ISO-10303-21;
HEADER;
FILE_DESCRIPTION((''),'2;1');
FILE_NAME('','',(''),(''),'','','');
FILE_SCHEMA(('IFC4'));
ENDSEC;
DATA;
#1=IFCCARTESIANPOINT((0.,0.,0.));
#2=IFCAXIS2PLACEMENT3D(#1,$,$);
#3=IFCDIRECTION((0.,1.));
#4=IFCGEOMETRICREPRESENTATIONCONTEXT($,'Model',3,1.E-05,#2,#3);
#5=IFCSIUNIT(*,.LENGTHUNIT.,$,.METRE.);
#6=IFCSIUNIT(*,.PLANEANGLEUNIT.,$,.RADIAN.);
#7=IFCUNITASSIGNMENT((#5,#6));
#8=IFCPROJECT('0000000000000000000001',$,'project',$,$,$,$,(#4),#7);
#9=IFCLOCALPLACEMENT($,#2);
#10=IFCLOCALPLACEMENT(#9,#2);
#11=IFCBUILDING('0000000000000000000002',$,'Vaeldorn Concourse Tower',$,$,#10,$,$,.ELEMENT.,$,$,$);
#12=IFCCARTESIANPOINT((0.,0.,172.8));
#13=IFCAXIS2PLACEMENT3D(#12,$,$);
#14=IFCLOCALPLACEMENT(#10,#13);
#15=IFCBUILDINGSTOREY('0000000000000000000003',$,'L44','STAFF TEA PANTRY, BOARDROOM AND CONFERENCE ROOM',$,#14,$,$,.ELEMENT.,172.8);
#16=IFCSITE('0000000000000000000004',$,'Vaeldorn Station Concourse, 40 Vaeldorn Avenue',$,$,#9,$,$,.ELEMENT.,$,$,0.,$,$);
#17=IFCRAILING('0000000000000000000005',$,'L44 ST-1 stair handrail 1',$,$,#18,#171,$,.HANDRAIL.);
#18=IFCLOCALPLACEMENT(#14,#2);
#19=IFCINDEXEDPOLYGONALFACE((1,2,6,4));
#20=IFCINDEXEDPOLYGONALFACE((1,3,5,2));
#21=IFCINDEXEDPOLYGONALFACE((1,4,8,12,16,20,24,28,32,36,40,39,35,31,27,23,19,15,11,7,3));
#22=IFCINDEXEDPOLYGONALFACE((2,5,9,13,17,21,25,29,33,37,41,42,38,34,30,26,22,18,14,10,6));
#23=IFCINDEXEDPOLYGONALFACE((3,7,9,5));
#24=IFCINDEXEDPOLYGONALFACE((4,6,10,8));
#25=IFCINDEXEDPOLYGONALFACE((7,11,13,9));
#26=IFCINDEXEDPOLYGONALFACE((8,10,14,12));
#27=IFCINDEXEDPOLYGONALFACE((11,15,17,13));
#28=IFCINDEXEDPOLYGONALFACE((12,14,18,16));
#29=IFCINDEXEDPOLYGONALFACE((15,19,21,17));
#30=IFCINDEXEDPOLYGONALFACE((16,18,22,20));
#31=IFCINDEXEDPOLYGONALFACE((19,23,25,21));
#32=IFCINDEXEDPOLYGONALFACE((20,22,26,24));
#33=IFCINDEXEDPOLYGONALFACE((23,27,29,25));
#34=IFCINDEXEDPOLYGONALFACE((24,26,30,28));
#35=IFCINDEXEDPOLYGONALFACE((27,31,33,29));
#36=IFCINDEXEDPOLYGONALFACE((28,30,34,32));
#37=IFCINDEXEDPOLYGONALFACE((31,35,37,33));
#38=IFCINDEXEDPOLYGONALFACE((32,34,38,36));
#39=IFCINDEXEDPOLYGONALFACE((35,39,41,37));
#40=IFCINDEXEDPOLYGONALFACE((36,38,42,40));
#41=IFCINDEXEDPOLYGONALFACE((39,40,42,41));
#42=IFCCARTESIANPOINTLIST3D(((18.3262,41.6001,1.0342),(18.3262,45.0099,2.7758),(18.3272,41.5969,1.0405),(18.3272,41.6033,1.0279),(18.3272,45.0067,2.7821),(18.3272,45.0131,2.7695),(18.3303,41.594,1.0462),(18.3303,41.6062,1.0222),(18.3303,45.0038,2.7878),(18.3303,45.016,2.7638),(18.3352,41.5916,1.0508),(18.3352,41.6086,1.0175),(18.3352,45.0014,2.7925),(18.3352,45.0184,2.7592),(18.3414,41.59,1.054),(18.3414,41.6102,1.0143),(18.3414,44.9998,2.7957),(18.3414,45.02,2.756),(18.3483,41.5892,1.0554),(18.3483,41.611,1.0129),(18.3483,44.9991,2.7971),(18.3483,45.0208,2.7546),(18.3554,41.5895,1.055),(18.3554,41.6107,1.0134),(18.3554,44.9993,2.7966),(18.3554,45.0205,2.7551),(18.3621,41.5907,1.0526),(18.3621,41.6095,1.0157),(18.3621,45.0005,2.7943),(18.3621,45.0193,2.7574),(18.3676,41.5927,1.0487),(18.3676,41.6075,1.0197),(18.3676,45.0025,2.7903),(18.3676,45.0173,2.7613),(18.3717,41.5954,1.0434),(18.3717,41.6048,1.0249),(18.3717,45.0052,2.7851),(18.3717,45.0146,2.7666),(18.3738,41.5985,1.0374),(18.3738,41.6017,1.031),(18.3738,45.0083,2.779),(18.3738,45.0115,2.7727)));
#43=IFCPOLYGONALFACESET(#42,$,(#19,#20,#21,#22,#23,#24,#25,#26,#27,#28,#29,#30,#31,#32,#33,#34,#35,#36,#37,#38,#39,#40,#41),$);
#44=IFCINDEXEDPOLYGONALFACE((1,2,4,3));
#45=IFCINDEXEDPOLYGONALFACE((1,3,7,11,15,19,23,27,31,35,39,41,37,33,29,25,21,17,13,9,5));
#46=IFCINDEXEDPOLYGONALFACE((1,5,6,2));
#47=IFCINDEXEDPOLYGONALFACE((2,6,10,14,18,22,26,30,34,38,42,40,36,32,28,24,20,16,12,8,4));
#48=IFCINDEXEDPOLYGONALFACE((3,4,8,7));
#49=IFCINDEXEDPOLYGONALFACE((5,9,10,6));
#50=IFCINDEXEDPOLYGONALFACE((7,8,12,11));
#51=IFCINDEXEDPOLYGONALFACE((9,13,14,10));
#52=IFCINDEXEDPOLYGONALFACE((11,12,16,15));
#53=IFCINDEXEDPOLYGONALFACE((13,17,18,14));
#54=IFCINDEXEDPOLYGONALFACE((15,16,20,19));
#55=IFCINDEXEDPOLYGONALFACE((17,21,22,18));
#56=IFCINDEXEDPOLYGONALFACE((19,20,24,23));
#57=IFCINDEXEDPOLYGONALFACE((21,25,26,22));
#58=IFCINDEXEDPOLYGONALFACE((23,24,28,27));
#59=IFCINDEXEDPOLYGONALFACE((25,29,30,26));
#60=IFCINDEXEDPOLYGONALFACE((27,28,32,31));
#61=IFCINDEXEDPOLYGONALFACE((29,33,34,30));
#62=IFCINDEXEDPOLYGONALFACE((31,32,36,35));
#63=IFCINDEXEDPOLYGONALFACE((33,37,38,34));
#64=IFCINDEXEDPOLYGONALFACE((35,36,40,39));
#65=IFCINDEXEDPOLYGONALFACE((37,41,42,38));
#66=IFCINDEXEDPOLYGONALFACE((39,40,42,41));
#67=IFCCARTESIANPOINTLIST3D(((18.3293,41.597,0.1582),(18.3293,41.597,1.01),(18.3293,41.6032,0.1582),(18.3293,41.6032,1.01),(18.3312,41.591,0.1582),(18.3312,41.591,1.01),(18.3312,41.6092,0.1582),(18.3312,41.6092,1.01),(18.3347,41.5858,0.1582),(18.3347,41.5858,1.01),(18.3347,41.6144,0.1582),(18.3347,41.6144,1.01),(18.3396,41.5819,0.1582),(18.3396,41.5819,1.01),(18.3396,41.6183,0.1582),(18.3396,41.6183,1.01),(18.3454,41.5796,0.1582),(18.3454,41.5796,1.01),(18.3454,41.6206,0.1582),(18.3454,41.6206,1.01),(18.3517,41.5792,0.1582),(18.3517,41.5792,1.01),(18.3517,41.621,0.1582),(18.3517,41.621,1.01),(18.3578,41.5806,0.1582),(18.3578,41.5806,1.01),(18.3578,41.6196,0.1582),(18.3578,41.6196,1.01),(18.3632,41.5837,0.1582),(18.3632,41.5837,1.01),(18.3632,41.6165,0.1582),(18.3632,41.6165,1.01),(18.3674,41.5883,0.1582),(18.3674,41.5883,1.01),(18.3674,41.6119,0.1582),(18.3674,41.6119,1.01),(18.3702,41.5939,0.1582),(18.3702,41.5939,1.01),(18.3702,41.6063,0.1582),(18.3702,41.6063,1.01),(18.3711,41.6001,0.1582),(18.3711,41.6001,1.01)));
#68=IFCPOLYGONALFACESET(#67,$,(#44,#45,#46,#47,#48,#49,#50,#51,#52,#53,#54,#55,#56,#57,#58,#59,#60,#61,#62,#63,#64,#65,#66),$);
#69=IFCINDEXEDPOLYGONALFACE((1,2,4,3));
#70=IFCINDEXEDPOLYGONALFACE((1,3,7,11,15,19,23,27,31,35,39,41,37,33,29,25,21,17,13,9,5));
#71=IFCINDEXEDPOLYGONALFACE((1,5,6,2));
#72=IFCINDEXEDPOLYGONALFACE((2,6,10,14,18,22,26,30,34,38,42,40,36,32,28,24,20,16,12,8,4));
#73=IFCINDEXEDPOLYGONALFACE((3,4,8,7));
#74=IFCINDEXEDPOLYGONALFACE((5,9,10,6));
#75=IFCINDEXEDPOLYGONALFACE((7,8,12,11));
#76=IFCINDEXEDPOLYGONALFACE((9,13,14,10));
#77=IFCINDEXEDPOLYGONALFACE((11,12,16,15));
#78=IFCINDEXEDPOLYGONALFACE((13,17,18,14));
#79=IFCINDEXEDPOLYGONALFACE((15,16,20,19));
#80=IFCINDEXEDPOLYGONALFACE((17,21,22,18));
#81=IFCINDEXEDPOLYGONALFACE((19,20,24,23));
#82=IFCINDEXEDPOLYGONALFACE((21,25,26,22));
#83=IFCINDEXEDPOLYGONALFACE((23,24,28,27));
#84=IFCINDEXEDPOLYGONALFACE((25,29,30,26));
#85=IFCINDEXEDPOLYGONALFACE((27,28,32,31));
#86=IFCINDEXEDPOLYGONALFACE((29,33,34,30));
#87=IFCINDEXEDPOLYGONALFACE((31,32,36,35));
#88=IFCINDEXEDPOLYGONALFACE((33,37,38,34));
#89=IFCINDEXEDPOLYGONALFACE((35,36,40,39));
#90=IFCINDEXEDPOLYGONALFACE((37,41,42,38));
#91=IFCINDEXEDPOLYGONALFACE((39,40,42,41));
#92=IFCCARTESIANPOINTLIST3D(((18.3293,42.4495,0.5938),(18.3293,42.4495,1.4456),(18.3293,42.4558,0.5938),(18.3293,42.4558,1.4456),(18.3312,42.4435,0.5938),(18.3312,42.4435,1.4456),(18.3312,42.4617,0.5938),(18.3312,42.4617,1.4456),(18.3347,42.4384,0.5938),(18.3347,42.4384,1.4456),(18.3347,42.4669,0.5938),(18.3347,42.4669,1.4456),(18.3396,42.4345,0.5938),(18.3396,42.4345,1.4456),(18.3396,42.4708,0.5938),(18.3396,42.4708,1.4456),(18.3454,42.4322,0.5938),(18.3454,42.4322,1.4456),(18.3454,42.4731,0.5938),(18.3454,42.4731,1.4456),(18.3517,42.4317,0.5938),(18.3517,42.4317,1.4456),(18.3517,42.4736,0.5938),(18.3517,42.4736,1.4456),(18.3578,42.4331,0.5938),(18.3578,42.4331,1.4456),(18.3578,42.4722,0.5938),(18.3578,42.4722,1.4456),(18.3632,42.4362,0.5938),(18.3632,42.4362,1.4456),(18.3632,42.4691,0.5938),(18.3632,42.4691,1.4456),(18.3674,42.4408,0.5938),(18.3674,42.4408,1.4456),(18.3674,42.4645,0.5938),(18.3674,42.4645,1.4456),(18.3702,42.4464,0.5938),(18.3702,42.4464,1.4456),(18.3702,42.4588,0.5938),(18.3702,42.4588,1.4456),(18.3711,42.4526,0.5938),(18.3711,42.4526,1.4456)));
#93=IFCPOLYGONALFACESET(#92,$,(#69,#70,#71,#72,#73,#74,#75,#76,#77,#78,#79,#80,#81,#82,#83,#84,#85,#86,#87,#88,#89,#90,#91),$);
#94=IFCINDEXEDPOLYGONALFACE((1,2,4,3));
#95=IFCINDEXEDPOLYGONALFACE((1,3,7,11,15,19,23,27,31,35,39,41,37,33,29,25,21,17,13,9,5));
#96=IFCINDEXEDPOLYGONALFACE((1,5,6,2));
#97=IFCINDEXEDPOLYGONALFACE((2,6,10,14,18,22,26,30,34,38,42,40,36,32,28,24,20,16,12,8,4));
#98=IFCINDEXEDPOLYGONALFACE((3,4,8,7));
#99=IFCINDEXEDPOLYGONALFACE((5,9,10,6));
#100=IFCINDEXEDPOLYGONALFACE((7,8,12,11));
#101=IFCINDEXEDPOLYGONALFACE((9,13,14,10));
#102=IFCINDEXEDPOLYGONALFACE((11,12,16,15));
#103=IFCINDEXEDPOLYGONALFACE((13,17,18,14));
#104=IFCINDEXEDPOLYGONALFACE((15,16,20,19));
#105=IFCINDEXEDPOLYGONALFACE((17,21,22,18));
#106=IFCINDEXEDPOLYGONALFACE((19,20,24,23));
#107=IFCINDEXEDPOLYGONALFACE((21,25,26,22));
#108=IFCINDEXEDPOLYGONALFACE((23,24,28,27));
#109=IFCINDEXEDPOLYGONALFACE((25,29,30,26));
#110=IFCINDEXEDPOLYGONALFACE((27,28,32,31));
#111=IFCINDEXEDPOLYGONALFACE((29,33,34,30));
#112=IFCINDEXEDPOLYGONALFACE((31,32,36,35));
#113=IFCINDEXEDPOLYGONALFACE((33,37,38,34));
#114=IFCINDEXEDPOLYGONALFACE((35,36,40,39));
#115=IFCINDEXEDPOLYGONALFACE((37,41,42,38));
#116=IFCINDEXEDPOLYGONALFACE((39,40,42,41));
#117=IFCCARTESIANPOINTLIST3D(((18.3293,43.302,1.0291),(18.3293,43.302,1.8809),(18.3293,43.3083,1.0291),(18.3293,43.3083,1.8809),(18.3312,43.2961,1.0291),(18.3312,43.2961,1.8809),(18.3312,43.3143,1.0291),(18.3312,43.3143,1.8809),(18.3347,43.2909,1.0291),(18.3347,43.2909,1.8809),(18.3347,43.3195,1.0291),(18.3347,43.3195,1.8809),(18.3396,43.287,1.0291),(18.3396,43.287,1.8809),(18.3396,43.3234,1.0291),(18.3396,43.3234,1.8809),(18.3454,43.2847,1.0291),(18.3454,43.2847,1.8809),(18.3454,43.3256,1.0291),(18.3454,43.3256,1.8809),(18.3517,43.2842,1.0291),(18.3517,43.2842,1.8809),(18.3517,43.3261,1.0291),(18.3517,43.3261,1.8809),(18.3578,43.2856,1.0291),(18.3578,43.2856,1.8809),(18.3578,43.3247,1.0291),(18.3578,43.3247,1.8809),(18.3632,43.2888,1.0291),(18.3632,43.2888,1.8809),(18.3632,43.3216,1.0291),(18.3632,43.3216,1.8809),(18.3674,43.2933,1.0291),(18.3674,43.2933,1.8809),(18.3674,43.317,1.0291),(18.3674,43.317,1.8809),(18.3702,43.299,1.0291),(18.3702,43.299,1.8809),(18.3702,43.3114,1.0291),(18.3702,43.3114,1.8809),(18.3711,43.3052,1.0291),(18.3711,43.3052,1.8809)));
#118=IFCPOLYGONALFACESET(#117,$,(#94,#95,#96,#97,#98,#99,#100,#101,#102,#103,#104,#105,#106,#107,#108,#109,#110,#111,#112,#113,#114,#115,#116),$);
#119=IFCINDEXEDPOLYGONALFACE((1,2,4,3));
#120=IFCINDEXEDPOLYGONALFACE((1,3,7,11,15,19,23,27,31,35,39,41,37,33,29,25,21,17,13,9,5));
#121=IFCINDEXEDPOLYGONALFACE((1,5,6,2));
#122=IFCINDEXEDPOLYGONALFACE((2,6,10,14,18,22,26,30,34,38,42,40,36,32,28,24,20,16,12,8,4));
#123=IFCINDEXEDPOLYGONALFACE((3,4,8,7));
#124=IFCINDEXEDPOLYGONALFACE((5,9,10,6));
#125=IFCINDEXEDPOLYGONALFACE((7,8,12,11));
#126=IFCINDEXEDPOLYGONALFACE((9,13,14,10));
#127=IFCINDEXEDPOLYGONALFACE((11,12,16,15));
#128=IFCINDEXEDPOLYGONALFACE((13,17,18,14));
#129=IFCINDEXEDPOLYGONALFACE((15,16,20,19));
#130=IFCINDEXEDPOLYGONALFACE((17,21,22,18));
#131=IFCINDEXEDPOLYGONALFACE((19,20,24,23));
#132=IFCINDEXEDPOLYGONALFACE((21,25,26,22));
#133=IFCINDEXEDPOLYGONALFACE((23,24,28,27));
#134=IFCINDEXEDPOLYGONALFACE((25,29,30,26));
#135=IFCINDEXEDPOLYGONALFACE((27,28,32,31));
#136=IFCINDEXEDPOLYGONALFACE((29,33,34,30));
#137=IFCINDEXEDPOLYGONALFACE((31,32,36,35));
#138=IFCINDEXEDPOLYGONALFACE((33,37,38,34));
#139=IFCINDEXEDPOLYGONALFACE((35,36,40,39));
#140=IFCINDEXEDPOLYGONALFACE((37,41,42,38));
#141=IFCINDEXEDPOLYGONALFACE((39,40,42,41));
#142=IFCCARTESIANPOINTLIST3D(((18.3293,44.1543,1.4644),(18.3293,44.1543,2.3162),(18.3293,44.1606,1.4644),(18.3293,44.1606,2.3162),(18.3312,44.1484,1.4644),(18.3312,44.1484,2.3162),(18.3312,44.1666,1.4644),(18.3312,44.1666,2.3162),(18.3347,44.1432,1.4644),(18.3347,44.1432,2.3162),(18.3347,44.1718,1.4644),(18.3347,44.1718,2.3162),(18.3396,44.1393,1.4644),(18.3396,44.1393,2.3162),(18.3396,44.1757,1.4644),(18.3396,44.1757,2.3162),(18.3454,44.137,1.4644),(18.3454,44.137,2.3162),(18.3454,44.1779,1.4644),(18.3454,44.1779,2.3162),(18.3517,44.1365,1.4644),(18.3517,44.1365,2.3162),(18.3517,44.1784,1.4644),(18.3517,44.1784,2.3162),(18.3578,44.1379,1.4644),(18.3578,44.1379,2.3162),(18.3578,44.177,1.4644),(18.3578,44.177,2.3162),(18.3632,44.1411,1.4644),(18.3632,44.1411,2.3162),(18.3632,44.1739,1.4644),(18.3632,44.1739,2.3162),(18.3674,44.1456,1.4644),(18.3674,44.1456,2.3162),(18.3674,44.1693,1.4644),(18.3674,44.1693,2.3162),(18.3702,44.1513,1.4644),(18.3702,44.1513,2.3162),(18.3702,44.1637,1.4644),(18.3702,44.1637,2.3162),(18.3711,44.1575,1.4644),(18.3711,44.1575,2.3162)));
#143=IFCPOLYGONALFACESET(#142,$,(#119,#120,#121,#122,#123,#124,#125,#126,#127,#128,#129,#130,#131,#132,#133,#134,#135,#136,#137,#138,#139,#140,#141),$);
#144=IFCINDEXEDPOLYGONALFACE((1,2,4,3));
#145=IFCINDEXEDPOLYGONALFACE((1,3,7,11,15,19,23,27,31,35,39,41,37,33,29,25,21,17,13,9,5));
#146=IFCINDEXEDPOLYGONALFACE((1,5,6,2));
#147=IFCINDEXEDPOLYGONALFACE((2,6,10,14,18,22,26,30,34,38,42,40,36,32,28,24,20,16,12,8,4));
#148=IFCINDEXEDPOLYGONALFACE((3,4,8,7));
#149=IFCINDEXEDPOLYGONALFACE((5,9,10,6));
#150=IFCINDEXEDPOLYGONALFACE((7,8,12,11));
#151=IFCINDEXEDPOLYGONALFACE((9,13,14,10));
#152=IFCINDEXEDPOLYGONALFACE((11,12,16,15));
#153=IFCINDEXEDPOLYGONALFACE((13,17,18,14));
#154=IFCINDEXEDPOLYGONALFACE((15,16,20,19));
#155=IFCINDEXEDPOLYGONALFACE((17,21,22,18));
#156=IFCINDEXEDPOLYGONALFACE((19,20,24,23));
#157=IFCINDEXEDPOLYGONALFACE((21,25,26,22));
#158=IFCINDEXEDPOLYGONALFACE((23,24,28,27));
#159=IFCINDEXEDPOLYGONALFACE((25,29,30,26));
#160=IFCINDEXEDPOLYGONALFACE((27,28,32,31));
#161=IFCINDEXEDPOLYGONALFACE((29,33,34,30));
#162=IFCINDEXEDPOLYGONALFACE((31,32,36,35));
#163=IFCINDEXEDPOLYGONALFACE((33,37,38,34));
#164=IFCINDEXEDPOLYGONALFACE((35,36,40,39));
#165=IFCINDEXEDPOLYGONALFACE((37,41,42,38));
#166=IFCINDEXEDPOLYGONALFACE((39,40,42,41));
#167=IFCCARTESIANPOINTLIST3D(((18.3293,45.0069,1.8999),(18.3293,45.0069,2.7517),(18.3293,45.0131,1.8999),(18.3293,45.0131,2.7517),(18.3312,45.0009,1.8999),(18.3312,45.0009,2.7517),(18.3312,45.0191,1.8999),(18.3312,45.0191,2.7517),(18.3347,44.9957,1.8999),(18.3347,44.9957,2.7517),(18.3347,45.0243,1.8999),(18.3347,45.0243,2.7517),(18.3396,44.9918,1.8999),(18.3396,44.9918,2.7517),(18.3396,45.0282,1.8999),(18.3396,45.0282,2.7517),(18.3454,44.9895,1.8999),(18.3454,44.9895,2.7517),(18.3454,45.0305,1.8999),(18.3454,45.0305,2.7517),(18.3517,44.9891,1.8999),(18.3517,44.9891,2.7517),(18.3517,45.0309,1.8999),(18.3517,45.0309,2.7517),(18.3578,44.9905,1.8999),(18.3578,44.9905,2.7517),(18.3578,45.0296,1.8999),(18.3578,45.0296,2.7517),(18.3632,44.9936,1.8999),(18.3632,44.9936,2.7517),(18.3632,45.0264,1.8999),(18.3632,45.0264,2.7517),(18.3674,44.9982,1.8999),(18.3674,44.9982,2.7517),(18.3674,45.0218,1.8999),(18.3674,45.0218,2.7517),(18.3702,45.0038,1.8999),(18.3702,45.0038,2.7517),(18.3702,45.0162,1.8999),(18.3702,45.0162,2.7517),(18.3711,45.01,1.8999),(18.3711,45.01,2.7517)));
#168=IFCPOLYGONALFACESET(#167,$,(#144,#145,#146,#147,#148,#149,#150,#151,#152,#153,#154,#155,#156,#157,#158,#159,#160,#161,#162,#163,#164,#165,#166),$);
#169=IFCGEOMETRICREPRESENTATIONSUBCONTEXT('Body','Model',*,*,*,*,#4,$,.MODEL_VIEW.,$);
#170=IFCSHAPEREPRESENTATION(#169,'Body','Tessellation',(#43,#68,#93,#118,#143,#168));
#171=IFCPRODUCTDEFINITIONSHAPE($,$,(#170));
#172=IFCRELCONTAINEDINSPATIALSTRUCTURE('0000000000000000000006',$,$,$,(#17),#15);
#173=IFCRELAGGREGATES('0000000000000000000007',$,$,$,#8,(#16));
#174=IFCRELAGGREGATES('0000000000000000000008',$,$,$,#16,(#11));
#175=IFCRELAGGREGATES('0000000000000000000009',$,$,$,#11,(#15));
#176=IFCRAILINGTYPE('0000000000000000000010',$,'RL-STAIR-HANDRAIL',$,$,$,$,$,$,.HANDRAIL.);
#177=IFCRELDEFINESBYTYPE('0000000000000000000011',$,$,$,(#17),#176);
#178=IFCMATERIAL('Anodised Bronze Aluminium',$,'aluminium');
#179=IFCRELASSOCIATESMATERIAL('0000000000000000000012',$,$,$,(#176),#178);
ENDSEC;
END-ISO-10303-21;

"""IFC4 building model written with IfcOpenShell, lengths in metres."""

from ifc_helpers import new_model, si_unit, direction, frame, origin, origin_2d, place, context, subcontext, project, spatial, circle, extrude, material, type_object, element, save


model = new_model("IFC4")

# Units and contexts
model_context = context("Model", 3, precision=1e-05, world=origin(), true_north=direction((0.0, 1.0)))
body_context = subcontext(model_context, "Body", "Model", "MODEL_VIEW")
ifc_project = project(units=[si_unit("LENGTHUNIT", "METRE"), si_unit("PLANEANGLEUNIT", "RADIAN")], contexts=[model_context])

# Site, building, storey
site_placement = place(None, origin())
site = spatial("IfcSite", under=ifc_project, at=site_placement, Name="Vaeldorn Station Concourse, 40 Vaeldorn Avenue", CompositionType="ELEMENT", RefElevation=0.0)
building_placement = place(site_placement, origin())
building = spatial("IfcBuilding", under=site, at=building_placement, Name="Vaeldorn Concourse Tower", CompositionType="ELEMENT")
storey_placement = place(building_placement, frame((0.0, 0.0, 172.8)))
storey = spatial("IfcBuildingStorey", under=building, at=storey_placement, Name="L44", Description="STAFF TEA PANTRY, BOARDROOM AND CONFERENCE ROOM", CompositionType="ELEMENT", Elevation=172.8)

# Railing
ifc_material_1 = material(Name="Anodised Bronze Aluminium", Category="aluminium")
railing_type_1 = type_object("IfcRailingType", Name="RL-STAIR-HANDRAIL", PredefinedType="HANDRAIL", material=ifc_material_1)
railing_1_placement = place(storey_placement, frame((18.3501, 41.6001, 0.1582)))
element("IfcRailing", 1, at=railing_1_placement, inside=storey, type_object=railing_type_1, Name="L44 ST-1 stair handrail 1", PredefinedType="HANDRAIL", context=body_context, shape_type="SweptSolid", body=[
    extrude(circle(Radius=0.0239, at=origin_2d()), frame((0.0, 0.0, 0.876), z_axis=(0.0, 0.890556, 0.454874), x_axis=(-1.0, 0.0, 0.0)), (0.0, 0.0, 1.0), 3.8289),
    extrude(circle(Radius=0.021, at=origin_2d()), origin(), (0.0, 0.0, 1.0), 0.8518),
    extrude(circle(Radius=0.021, at=origin_2d()), frame((0.0, 0.8525, 0.4355)), (0.0, 0.0, 1.0), 0.8518),
    extrude(circle(Radius=0.021, at=origin_2d()), frame((0.0, 1.7051, 0.8708)), (0.0, 0.0, 1.0), 0.8518),
    extrude(circle(Radius=0.021, at=origin_2d()), frame((0.0, 2.5574, 1.3062)), (0.0, 0.0, 1.0), 0.8518),
    extrude(circle(Radius=0.021, at=origin_2d()), frame((0.0, 3.4099, 1.7417)), (0.0, 0.0, 1.0), 0.8518),
])

save(model, "model.ifc")
